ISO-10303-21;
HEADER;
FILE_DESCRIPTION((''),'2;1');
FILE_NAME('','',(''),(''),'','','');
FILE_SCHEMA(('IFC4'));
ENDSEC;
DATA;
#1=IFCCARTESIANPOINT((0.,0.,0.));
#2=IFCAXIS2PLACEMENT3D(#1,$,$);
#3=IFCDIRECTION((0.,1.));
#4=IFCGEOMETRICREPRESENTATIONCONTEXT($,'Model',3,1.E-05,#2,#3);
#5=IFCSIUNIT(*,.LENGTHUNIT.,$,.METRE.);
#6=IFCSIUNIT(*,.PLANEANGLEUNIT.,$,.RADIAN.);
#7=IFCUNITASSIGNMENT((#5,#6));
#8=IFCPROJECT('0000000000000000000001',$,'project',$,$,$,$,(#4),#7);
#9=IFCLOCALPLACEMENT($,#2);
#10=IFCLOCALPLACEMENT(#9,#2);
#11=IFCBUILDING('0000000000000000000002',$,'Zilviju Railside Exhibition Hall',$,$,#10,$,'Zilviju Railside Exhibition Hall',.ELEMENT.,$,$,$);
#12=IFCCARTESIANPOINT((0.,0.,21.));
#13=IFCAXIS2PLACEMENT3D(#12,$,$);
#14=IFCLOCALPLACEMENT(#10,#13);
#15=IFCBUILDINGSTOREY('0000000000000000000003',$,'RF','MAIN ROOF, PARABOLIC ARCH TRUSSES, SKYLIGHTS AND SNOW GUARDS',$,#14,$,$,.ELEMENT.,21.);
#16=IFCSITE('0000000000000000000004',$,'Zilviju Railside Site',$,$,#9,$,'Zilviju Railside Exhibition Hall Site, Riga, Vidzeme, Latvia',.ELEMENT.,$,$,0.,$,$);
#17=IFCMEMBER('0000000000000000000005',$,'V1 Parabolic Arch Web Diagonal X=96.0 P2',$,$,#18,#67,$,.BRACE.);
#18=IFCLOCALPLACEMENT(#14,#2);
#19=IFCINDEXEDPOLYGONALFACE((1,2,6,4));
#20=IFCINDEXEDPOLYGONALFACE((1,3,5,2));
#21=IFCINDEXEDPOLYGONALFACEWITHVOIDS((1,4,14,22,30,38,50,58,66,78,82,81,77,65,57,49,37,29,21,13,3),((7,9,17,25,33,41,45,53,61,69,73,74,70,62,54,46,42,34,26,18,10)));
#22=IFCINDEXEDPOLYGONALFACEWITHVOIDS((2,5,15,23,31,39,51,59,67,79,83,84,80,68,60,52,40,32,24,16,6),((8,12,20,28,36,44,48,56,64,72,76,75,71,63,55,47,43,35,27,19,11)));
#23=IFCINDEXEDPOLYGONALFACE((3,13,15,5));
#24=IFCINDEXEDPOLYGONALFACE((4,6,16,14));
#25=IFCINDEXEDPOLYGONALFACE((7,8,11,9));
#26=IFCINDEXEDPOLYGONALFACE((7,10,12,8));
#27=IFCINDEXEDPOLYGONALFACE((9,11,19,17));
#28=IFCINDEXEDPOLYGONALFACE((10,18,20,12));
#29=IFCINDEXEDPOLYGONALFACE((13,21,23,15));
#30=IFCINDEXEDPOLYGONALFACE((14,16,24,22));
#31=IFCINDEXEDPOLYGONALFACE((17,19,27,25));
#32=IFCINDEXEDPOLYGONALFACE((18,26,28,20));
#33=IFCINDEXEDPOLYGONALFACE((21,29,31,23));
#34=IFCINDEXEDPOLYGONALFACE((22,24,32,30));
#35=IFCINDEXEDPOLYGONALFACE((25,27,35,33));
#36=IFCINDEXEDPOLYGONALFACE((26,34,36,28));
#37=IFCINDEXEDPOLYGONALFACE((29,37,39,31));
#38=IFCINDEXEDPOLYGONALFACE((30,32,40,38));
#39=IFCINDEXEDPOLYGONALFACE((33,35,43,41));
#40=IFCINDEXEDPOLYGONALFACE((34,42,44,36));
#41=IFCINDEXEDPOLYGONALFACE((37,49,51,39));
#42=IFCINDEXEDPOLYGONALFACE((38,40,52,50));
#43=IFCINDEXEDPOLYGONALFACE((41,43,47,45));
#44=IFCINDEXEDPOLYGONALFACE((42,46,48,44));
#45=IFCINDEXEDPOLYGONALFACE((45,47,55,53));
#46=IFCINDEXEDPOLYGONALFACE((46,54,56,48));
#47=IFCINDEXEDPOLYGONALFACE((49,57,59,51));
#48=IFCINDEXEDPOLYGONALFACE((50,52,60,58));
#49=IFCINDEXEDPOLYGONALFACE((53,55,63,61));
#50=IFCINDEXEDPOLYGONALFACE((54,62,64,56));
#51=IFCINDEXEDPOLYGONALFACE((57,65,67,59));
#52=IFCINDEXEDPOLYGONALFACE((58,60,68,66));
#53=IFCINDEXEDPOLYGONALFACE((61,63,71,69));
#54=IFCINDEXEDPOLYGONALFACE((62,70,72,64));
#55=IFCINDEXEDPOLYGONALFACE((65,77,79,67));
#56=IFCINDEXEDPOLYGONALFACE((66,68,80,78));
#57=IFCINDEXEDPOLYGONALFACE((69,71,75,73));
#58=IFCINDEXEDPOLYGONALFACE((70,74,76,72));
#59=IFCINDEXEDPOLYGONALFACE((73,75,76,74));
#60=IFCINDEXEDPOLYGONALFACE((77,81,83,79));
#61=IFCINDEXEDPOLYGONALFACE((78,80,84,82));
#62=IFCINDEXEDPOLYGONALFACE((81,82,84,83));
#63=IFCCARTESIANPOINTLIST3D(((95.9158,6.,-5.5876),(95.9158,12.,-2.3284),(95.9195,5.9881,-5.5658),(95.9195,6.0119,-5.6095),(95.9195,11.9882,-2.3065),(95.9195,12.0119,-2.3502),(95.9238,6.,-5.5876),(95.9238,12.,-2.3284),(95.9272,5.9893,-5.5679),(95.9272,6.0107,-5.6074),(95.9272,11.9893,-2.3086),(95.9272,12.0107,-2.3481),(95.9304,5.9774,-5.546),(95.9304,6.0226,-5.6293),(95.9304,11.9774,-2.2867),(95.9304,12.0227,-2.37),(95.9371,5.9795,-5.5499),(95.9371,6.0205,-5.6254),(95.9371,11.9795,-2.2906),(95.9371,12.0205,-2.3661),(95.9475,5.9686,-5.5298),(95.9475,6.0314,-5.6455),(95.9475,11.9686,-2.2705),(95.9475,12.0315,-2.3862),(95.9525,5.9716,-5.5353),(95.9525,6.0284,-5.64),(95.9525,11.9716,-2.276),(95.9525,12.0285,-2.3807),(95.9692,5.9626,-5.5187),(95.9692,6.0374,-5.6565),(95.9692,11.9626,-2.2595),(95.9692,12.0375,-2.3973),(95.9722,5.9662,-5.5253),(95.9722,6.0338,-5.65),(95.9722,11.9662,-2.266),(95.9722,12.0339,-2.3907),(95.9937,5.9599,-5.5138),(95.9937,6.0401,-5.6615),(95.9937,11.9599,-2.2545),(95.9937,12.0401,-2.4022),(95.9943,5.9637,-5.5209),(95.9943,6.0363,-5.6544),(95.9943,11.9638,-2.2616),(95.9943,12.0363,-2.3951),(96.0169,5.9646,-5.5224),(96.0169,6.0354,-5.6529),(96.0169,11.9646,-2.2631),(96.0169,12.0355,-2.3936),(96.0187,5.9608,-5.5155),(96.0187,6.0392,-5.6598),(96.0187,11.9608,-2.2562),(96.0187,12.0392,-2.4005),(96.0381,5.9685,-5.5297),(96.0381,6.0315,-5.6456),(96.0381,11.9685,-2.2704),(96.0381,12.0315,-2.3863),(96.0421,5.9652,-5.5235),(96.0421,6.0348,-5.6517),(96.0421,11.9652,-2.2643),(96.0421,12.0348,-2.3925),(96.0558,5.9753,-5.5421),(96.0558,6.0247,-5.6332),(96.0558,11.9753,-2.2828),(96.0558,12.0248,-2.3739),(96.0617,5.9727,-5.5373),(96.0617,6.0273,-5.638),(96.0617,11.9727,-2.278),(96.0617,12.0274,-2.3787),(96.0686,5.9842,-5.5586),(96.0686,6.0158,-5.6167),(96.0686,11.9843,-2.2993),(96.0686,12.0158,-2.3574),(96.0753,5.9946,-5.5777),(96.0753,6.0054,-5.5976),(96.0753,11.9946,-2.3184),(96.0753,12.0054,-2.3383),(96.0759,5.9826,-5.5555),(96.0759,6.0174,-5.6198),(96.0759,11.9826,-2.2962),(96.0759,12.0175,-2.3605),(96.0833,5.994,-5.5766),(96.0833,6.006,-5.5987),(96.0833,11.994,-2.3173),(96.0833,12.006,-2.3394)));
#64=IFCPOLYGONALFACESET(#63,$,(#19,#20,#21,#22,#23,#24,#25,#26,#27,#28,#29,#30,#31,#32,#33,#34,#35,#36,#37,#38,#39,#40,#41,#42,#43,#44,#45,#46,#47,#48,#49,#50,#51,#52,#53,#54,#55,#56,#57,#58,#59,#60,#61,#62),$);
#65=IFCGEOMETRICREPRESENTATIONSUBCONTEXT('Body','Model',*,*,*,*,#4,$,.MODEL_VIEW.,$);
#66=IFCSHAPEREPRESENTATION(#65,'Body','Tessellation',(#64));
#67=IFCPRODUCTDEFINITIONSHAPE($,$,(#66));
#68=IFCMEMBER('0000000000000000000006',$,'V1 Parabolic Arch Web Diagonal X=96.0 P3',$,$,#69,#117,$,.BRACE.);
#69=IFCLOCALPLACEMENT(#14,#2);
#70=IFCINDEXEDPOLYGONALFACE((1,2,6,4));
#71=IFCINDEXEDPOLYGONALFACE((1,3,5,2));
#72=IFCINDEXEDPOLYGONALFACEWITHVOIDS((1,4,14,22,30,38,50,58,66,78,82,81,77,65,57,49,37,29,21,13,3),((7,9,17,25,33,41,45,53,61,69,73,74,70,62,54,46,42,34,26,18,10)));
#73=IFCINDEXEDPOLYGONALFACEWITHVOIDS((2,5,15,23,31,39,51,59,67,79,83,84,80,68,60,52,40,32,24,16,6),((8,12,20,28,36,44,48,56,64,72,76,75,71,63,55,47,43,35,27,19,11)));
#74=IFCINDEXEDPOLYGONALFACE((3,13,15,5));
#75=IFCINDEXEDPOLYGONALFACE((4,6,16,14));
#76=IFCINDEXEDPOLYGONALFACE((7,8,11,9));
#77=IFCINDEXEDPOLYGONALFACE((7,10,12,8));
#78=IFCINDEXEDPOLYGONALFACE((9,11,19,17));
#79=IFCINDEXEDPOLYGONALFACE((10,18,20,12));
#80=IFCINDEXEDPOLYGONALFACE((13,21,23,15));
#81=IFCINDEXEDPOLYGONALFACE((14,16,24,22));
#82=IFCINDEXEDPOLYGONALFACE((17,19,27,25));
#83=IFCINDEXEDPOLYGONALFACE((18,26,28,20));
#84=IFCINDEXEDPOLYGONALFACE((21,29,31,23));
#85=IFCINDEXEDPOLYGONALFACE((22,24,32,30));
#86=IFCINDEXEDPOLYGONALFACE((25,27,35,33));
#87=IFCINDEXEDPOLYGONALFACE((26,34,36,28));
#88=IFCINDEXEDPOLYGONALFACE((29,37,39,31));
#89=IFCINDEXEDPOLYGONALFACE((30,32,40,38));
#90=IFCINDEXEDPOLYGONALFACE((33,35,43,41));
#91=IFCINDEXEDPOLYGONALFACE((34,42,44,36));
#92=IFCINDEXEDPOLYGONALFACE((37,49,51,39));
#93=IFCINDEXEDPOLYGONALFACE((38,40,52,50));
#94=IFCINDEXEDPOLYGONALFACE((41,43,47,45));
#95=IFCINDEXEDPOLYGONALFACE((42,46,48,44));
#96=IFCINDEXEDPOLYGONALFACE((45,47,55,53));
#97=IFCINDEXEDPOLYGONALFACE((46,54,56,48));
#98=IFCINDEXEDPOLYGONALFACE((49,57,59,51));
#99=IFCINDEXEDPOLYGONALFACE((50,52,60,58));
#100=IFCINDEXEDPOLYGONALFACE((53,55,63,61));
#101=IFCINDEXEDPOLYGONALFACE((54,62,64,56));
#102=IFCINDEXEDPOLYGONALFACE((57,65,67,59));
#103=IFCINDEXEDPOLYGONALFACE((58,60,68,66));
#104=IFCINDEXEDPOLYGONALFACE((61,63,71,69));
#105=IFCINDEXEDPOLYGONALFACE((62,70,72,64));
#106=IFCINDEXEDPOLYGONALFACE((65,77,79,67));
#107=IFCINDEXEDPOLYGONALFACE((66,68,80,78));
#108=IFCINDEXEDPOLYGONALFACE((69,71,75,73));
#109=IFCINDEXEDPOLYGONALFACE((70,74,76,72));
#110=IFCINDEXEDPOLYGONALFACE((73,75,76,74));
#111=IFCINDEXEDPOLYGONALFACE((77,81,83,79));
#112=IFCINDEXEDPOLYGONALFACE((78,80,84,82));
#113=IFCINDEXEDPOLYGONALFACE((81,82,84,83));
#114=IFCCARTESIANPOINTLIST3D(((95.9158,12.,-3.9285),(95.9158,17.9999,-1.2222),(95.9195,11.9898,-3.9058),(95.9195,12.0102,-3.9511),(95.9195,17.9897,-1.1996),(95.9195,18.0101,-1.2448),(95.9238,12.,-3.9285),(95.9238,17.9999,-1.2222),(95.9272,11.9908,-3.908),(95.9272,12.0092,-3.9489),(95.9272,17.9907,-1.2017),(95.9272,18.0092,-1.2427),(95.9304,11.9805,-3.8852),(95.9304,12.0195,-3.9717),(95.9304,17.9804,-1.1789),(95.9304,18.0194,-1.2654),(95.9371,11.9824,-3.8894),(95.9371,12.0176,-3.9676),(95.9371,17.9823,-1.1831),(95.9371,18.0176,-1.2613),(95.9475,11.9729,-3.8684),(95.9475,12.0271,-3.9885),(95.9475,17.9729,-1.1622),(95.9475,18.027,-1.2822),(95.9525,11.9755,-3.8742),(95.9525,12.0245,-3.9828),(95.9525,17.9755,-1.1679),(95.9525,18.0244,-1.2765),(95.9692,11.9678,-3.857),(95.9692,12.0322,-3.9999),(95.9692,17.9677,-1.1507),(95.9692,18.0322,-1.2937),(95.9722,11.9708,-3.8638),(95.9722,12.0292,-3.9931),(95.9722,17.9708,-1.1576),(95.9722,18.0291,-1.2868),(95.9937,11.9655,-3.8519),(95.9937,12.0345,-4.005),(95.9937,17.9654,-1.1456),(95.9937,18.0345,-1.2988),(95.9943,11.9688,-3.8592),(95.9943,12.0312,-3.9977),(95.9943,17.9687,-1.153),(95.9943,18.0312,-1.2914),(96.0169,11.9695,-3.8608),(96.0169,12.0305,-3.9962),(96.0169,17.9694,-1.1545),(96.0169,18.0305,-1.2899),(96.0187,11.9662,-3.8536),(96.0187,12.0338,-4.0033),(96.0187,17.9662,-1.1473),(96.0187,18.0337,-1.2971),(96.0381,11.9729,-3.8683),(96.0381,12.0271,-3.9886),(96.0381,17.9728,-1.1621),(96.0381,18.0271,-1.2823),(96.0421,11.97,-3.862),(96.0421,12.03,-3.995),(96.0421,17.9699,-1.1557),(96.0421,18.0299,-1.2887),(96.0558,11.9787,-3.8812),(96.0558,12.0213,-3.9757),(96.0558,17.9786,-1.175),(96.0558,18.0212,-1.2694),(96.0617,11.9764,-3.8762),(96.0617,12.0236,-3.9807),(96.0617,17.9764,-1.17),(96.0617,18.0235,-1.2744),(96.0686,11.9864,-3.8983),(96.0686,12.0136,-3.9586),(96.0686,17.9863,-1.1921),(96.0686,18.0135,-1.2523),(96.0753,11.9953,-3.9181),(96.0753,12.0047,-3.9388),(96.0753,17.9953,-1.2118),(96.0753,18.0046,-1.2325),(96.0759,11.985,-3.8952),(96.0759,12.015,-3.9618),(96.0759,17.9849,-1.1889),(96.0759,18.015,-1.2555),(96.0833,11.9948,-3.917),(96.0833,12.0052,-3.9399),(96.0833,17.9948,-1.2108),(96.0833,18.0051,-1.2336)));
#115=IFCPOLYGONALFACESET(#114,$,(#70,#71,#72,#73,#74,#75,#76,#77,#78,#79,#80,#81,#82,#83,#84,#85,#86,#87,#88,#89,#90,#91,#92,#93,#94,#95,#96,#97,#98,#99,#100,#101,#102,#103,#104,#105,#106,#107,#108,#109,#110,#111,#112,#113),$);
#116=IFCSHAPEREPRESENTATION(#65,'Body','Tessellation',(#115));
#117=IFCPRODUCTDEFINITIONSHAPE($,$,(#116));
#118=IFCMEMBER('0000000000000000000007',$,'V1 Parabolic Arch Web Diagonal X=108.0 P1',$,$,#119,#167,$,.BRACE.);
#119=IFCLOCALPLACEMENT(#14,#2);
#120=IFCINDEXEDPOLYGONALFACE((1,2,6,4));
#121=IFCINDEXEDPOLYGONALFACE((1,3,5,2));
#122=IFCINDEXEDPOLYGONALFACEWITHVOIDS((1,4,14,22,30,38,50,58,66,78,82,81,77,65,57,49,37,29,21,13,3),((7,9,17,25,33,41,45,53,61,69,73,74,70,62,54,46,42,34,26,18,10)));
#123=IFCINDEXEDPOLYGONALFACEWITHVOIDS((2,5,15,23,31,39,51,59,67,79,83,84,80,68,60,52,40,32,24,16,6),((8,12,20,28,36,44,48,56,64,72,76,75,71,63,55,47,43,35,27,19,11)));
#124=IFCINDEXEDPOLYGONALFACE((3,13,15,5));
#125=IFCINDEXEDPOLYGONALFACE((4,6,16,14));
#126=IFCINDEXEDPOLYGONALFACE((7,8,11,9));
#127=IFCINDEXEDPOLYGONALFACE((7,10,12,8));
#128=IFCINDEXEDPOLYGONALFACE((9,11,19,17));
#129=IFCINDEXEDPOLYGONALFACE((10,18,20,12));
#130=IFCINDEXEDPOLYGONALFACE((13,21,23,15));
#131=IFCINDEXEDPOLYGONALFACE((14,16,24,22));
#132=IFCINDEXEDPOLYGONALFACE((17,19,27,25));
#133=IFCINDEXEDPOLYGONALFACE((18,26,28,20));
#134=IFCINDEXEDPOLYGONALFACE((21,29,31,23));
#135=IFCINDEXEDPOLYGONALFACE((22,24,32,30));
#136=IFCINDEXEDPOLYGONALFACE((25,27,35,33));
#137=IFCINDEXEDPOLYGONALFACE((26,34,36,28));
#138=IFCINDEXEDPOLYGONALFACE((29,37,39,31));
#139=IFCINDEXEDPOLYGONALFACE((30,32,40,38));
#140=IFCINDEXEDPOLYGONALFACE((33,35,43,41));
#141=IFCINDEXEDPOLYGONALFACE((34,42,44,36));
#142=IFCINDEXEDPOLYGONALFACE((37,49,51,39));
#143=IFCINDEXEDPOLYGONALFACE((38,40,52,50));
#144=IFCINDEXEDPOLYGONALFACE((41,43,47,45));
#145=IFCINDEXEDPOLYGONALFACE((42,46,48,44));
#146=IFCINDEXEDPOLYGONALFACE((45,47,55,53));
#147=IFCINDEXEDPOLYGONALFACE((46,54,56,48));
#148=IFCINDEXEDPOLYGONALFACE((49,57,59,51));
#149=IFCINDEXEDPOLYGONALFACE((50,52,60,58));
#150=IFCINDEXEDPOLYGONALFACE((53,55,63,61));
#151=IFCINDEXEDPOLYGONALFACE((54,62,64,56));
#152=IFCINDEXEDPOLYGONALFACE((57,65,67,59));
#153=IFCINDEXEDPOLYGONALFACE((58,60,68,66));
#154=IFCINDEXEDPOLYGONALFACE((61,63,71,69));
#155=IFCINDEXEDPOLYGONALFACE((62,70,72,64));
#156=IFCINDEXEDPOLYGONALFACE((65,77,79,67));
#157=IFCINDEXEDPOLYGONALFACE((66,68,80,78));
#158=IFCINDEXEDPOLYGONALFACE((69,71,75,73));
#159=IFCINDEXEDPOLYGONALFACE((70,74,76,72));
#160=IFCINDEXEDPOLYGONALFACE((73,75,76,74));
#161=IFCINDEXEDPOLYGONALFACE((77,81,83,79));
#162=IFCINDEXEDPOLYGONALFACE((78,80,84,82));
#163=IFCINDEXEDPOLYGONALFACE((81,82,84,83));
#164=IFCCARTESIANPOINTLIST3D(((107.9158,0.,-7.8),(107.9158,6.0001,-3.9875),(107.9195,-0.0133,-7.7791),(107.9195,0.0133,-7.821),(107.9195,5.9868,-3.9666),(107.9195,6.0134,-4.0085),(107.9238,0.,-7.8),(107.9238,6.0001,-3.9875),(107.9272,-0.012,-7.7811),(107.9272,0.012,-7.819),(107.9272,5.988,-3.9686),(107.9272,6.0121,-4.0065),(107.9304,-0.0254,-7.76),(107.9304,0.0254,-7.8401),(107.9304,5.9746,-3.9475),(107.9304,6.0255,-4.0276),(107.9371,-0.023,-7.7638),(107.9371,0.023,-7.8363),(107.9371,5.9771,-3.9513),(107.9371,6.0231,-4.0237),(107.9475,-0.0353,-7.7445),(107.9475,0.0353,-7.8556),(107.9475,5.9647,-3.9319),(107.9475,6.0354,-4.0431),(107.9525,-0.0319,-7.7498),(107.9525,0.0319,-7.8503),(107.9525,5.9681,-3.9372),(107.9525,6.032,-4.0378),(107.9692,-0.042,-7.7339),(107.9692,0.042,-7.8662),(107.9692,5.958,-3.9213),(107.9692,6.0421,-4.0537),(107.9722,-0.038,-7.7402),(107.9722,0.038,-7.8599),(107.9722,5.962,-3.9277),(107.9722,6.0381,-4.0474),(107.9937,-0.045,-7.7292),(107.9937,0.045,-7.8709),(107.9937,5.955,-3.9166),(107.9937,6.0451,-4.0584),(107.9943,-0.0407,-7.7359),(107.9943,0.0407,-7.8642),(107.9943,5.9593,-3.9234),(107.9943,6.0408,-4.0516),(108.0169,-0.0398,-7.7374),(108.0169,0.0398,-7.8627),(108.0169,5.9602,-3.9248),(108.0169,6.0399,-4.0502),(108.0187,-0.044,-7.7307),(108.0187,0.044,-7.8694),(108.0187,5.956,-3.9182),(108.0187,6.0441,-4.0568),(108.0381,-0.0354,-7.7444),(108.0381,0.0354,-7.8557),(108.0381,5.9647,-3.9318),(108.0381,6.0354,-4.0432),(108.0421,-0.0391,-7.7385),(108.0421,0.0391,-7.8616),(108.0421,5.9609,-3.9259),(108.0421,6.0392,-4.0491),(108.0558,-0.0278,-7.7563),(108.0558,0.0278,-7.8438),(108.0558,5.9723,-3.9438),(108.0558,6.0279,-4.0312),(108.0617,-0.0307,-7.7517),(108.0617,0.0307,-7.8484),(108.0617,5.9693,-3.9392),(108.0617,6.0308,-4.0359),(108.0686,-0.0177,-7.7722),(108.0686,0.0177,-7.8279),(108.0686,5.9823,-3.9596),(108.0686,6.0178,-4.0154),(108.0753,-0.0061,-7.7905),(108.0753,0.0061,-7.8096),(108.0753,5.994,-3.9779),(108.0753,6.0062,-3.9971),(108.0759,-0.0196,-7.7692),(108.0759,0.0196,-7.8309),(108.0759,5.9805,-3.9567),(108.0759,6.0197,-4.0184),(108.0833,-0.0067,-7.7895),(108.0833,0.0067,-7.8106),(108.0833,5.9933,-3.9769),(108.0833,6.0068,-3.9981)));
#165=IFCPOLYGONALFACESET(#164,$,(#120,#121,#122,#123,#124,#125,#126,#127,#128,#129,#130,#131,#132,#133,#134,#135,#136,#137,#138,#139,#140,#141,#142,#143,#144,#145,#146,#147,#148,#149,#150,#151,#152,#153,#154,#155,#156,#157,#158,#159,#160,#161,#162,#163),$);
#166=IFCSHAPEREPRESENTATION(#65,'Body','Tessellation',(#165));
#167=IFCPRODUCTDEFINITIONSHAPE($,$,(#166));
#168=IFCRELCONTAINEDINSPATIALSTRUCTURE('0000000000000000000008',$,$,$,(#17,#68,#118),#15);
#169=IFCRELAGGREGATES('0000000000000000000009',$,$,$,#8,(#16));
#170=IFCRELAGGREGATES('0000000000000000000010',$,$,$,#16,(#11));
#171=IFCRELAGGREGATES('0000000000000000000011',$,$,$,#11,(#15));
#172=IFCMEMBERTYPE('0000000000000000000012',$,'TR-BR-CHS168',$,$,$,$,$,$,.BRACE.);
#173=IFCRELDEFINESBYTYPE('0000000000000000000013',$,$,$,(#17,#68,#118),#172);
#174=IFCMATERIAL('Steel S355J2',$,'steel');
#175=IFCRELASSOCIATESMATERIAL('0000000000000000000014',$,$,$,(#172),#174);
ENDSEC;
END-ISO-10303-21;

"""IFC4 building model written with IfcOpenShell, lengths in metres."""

from ifc_helpers import new_model, si_unit, direction, frame, origin, origin_2d, place, context, subcontext, project, spatial, hollow_circle, extrude, material, material_profile, profile_set, type_object, element, save


model = new_model("IFC4")

# Units and contexts
model_context = context("Model", 3, precision=1e-05, world=origin(), true_north=direction((0.0, 1.0)))
body_context = subcontext(model_context, "Body", "Model", "MODEL_VIEW")
ifc_project = project(units=[si_unit("LENGTHUNIT", "METRE"), si_unit("PLANEANGLEUNIT", "RADIAN")], contexts=[model_context])

# Site, building, storey
site_placement = place(None, origin())
site = spatial("IfcSite", under=ifc_project, at=site_placement, Name="Zilviju Railside Site", LongName="Zilviju Railside Exhibition Hall Site, Riga, Vidzeme, Latvia", CompositionType="ELEMENT", RefElevation=0.0)
building_placement = place(site_placement, origin())
building = spatial("IfcBuilding", under=site, at=building_placement, Name="Zilviju Railside Exhibition Hall", LongName="Zilviju Railside Exhibition Hall", CompositionType="ELEMENT")
storey_placement = place(building_placement, frame((0.0, 0.0, 21.0)))
storey = spatial("IfcBuildingStorey", under=building, at=storey_placement, Name="RF", Description="MAIN ROOF, PARABOLIC ARCH TRUSSES, SKYLIGHTS AND SNOW GUARDS", CompositionType="ELEMENT", Elevation=21.0)

# Members
ifc_material_1 = material(Name="Steel S355J2", Category="steel")
ifc_material_profile_1 = material_profile(ifc_material_1, hollow_circle(Radius=0.0842, WallThickness=0.0081, at=origin_2d()), Name="CHS 168.3x8.0")
ifc_profile_set_1 = profile_set([ifc_material_profile_1], Name="Steel S355J2")
member_type_1 = type_object("IfcMemberType", Name="TR-BR-CHS168", PredefinedType="BRACE", material=ifc_profile_set_1)
member_1_placement = place(storey_placement, frame((96.0, 6.0, -5.5876), z_axis=(0.0, 0.878722, 0.477333), x_axis=(-1.0, 0.0, 0.0)))
element("IfcMember", 1, at=member_1_placement, inside=storey, type_object=member_type_1, Name="V1 Parabolic Arch Web Diagonal X=96.0 P2", PredefinedType="BRACE", context=body_context, shape_type="SweptSolid", body=[
    extrude(hollow_circle(Radius=0.0842, WallThickness=0.0081, at=origin_2d()), origin(), (0.0, 0.0, 1.0), 6.8281),
])
member_2_placement = place(storey_placement, frame((96.0, 12.0, -3.9285), z_axis=(0.0, 0.911563, 0.41116), x_axis=(-1.0, 0.0, 0.0)))
element("IfcMember", 2, at=member_2_placement, inside=storey, type_object=member_type_1, Name="V1 Parabolic Arch Web Diagonal X=96.0 P3", PredefinedType="BRACE", context=body_context, shape_type="SweptSolid", body=[
    extrude(hollow_circle(Radius=0.0842, WallThickness=0.0081, at=origin_2d()), origin(), (0.0, 0.0, 1.0), 6.582),
])
member_3_placement = place(storey_placement, frame((108.0, 0.0, -7.8), z_axis=(0.0, 0.844023, 0.536306), x_axis=(-1.0, 0.0, 0.0)))
element("IfcMember", 3, at=member_3_placement, inside=storey, type_object=member_type_1, Name="V1 Parabolic Arch Web Diagonal X=108.0 P1", PredefinedType="BRACE", context=body_context, shape_type="SweptSolid", body=[
    extrude(hollow_circle(Radius=0.0842, WallThickness=0.0081, at=origin_2d()), origin(), (0.0, 0.0, 1.0), 7.1089),
])

save(model, "model.ifc")
